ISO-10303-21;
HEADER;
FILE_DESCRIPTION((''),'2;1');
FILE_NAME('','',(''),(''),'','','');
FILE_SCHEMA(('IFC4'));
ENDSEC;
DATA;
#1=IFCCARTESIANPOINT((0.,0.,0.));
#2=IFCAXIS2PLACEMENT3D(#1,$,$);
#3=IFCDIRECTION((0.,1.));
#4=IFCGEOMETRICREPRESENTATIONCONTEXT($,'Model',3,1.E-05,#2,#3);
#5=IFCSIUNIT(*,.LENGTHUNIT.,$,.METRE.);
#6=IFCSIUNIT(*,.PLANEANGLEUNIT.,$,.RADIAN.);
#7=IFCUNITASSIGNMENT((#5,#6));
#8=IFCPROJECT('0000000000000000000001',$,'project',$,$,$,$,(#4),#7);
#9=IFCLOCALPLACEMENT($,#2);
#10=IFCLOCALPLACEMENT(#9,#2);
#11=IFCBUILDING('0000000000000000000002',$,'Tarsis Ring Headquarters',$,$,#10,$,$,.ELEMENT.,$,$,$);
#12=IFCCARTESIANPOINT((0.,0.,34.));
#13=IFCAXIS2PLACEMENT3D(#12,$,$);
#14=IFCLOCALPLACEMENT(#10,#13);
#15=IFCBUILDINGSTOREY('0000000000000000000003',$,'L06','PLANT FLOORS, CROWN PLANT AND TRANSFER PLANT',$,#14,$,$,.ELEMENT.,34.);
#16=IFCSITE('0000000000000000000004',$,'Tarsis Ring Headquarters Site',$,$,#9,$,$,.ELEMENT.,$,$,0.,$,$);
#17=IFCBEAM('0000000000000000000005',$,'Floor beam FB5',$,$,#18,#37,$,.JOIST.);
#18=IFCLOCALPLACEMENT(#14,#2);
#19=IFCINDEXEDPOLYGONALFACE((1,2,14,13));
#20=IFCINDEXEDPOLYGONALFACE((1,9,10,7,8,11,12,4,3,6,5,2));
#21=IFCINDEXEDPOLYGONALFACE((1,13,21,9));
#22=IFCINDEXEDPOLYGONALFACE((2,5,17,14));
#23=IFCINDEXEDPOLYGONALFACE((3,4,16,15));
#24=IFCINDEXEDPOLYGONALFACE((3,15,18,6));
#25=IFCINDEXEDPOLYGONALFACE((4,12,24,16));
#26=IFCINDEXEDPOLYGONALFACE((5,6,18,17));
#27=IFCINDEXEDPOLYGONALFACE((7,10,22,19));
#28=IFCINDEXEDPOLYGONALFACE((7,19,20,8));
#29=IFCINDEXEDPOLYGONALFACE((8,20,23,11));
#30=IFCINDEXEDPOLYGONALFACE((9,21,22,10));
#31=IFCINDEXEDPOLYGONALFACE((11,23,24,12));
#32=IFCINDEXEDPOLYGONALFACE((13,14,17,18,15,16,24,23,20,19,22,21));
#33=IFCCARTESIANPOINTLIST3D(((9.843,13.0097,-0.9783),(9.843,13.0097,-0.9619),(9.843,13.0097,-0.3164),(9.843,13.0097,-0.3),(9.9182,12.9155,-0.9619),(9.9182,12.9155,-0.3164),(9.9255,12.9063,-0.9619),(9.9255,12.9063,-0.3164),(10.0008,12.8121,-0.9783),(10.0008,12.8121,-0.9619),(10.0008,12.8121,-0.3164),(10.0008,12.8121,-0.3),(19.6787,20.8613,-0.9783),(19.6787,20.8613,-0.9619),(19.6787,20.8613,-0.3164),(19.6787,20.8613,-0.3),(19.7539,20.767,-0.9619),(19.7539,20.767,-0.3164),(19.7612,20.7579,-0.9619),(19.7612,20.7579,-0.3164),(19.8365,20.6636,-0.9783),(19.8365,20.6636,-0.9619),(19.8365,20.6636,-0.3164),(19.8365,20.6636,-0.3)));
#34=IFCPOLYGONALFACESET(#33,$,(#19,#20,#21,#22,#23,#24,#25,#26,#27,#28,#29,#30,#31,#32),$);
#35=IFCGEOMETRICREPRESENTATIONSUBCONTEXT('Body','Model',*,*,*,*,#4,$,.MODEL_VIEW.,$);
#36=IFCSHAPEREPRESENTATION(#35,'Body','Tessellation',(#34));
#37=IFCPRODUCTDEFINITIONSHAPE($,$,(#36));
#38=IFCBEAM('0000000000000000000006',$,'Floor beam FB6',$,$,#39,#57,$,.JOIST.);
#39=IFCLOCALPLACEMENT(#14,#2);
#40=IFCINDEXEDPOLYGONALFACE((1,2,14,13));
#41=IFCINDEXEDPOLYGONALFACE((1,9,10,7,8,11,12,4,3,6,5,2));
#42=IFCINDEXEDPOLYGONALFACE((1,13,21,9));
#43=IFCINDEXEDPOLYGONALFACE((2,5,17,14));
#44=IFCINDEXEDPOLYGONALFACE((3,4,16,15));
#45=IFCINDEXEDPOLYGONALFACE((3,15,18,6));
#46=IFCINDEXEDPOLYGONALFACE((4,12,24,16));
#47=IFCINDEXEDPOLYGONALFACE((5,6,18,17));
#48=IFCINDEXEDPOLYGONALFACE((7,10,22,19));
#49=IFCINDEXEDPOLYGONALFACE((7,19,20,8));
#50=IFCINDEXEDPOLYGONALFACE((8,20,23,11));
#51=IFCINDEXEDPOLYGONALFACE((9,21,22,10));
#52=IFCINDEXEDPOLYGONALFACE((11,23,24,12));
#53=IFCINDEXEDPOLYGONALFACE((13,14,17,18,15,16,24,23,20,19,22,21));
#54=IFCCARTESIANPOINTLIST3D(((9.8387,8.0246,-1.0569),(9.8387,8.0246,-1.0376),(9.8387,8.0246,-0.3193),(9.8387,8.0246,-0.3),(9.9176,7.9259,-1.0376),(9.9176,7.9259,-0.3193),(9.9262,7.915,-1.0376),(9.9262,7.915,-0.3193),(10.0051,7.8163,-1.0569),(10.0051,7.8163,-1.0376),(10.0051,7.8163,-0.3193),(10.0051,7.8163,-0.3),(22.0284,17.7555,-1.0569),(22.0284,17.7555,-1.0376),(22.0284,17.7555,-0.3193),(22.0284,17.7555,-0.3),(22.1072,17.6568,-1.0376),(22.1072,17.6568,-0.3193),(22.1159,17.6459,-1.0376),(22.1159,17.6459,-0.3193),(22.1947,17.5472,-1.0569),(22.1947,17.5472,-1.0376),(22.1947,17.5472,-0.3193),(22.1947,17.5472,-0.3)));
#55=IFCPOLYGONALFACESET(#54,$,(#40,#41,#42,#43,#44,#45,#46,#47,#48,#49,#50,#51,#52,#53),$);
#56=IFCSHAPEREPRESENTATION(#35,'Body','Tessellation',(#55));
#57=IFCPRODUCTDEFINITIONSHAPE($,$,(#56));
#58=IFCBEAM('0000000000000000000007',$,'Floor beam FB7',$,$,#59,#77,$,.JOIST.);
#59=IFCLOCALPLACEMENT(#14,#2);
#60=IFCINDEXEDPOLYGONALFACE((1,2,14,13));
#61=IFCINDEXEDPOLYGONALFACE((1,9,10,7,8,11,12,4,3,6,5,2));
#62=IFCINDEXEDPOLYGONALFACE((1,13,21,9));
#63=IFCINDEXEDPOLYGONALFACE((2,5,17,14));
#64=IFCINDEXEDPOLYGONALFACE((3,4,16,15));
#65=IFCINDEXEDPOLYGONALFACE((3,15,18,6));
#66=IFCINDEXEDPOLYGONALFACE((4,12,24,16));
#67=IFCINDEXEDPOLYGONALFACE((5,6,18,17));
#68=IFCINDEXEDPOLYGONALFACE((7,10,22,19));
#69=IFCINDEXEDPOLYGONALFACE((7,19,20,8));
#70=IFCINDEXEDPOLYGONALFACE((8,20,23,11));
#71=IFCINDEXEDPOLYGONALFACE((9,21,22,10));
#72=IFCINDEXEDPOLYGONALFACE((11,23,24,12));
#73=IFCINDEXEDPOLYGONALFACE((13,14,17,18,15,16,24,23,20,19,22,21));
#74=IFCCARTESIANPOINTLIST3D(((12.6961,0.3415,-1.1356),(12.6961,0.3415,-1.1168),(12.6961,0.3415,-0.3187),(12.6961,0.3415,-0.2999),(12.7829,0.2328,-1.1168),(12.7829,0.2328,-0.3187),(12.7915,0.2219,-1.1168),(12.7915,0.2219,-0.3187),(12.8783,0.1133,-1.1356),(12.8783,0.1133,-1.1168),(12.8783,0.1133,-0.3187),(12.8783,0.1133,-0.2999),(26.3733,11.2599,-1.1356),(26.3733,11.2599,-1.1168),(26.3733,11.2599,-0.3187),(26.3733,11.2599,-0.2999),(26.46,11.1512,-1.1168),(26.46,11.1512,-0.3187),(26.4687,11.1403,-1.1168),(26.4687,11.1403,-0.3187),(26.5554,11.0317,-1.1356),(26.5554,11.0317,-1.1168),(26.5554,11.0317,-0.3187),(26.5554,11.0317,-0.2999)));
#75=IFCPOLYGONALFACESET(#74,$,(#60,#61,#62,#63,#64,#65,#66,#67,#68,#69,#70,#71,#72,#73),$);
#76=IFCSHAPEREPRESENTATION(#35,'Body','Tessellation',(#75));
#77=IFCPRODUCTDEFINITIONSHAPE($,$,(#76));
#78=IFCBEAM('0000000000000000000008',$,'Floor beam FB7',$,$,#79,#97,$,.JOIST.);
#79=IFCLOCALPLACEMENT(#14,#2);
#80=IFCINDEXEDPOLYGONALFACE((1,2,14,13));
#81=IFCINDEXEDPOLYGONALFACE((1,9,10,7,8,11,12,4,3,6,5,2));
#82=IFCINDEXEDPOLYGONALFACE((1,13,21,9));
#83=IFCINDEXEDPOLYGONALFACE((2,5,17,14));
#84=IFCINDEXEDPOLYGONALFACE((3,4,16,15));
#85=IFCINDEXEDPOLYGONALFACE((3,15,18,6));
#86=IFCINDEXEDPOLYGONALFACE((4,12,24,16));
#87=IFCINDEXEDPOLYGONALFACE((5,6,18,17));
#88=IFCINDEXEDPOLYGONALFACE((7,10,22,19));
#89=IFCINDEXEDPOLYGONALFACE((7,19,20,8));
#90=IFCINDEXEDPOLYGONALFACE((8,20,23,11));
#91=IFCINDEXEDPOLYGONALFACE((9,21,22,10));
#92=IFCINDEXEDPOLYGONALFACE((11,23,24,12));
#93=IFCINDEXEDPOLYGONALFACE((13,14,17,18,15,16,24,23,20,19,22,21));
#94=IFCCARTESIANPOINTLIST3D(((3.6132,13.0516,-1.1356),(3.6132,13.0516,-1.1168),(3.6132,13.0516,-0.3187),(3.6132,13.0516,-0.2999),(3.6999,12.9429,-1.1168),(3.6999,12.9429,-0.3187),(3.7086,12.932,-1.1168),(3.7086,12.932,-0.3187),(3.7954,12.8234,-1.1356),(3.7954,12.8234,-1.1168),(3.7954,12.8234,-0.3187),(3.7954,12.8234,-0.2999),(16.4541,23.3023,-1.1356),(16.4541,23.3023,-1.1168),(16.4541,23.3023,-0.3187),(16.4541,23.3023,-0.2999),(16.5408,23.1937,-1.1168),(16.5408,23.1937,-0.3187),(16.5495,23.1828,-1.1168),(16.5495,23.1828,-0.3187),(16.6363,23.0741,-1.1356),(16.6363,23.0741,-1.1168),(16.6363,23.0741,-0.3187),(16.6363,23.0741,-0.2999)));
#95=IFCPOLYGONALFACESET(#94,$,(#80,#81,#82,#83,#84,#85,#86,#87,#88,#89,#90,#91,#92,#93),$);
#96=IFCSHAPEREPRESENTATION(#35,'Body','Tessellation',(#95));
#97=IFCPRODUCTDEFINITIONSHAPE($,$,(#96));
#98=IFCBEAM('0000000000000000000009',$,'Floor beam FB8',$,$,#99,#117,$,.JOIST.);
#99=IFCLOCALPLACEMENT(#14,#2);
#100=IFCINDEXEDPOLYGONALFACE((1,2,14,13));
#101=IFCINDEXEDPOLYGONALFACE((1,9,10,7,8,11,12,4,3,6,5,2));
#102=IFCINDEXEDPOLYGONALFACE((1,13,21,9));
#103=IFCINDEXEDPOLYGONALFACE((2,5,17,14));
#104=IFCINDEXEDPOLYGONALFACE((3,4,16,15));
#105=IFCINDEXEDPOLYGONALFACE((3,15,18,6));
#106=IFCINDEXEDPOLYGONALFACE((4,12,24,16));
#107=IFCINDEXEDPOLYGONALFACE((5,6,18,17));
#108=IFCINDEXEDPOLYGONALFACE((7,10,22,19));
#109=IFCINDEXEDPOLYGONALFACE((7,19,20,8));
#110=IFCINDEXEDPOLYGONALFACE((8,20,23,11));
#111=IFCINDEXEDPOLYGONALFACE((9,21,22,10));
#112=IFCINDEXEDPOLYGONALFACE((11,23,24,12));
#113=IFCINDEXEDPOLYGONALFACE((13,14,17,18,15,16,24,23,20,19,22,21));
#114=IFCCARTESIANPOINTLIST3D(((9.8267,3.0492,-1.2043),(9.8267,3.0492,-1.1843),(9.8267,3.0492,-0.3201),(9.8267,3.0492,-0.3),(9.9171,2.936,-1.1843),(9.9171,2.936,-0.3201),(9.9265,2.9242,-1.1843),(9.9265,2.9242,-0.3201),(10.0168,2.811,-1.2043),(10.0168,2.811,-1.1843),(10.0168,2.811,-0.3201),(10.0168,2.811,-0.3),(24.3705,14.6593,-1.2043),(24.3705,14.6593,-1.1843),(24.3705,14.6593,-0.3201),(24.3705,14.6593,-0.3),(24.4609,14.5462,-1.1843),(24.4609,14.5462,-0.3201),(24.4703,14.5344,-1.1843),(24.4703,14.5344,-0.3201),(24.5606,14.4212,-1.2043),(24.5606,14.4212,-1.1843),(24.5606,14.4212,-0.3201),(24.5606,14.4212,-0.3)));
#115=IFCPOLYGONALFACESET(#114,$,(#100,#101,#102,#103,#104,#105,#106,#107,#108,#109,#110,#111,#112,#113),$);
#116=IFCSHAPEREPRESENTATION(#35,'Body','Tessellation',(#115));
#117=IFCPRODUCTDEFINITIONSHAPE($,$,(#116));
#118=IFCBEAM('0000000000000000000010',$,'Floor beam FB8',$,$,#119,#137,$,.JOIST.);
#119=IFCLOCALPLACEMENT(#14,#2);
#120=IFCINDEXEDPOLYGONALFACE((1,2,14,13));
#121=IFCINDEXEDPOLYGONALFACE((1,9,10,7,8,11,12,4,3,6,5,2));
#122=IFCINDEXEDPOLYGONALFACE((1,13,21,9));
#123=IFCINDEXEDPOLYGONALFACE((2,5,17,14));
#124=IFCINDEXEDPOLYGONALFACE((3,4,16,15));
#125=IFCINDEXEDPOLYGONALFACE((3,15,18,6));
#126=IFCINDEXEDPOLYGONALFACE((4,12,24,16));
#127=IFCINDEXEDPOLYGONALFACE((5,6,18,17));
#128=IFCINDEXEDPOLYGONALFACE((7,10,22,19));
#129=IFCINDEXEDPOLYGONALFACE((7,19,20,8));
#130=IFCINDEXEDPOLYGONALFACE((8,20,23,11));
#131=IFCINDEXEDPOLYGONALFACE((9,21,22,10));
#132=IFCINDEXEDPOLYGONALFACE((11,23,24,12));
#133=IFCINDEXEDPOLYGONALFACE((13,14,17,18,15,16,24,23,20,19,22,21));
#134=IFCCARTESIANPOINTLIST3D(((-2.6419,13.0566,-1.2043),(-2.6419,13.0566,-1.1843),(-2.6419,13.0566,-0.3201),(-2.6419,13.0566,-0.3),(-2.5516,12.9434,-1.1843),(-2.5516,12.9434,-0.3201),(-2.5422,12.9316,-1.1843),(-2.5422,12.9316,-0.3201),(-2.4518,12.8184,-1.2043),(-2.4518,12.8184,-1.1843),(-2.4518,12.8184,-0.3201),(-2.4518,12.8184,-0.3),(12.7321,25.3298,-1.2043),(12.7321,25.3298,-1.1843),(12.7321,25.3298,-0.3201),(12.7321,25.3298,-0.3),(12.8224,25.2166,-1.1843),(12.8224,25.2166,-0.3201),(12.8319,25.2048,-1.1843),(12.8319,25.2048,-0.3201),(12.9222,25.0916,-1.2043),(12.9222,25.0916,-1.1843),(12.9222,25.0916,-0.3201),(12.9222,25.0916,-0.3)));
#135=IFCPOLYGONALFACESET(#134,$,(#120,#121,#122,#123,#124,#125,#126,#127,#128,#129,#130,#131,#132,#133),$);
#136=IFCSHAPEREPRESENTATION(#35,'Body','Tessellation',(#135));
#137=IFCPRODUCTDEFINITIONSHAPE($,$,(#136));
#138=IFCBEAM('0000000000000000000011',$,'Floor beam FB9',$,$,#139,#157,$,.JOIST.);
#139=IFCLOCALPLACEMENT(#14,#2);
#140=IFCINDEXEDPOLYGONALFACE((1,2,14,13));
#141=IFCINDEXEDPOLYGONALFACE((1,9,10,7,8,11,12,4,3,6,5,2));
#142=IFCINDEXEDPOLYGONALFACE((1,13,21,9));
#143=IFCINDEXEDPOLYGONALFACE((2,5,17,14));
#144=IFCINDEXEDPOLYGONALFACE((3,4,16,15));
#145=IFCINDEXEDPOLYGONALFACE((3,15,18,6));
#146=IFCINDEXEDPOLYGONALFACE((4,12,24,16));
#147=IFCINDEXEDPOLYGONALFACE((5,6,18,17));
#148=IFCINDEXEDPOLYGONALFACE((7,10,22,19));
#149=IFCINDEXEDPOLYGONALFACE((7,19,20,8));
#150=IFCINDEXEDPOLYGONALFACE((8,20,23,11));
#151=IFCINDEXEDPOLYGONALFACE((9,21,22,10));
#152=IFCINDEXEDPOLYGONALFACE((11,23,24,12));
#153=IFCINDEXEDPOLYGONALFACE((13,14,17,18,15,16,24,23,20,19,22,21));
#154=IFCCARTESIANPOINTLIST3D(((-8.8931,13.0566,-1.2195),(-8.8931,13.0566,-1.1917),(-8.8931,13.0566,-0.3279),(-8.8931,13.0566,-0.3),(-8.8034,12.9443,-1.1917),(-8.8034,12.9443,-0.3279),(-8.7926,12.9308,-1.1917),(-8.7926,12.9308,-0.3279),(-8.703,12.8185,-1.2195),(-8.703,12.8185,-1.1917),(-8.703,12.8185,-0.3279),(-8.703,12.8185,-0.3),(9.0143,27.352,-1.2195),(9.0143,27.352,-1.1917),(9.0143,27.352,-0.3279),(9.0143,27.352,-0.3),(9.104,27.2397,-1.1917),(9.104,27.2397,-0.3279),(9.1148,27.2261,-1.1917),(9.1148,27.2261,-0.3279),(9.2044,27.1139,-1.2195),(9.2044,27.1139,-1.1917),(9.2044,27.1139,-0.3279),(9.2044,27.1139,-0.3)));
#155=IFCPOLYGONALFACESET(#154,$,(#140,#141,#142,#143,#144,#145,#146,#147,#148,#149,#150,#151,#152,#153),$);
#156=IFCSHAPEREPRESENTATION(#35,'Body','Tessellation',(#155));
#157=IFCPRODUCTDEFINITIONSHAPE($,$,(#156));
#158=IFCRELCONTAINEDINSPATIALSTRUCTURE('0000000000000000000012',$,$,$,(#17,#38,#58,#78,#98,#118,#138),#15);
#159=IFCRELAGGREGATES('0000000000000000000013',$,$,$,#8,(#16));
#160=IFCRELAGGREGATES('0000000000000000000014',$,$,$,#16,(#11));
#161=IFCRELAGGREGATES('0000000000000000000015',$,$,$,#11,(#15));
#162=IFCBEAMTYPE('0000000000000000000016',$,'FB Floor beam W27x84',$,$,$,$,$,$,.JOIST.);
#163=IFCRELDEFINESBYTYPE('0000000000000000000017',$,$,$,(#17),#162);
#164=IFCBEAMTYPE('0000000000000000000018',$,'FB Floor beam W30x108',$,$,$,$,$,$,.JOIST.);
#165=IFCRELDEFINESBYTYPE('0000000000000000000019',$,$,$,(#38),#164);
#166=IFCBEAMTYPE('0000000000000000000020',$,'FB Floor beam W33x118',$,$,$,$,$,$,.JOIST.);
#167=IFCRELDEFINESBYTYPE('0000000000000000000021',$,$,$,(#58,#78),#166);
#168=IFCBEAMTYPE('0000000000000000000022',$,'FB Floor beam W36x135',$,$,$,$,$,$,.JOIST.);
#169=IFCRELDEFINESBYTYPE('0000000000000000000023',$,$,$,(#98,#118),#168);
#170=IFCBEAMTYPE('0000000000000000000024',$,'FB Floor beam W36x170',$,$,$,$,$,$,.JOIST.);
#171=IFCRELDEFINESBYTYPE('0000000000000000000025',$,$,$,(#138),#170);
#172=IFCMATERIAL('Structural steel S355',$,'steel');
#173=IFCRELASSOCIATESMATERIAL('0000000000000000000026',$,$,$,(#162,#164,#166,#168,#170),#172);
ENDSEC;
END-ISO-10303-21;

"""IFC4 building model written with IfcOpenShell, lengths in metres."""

from ifc_helpers import new_model, si_unit, direction, frame, origin, origin_2d, place, context, subcontext, project, spatial, i_section, extrude, material, material_profile, profile_set, type_object, element, save


model = new_model("IFC4")

# Units and contexts
model_context = context("Model", 3, precision=1e-05, world=origin(), true_north=direction((0.0, 1.0)))
body_context = subcontext(model_context, "Body", "Model", "MODEL_VIEW")
ifc_project = project(units=[si_unit("LENGTHUNIT", "METRE"), si_unit("PLANEANGLEUNIT", "RADIAN")], contexts=[model_context])

# Site, building, storey
site_placement = place(None, origin())
site = spatial("IfcSite", under=ifc_project, at=site_placement, Name="Tarsis Ring Headquarters Site", CompositionType="ELEMENT", RefElevation=0.0)
building_placement = place(site_placement, origin())
building = spatial("IfcBuilding", under=site, at=building_placement, Name="Tarsis Ring Headquarters", CompositionType="ELEMENT")
storey_placement = place(building_placement, frame((0.0, 0.0, 34.0)))
storey = spatial("IfcBuildingStorey", under=building, at=storey_placement, Name="L06", Description="PLANT FLOORS, CROWN PLANT AND TRANSFER PLANT", CompositionType="ELEMENT", Elevation=34.0)

# Beams
ifc_material_1 = material(Name="Structural steel S355", Category="steel")
ifc_material_profile_1 = material_profile(ifc_material_1, i_section(OverallWidth=0.2529, OverallDepth=0.6782, WebThickness=0.0117, FlangeThickness=0.0164, at=origin_2d()), Name="W27x84")
ifc_profile_set_1 = profile_set([ifc_material_profile_1], Name="Structural steel S355")
beam_type_1 = type_object("IfcBeamType", Name="FB Floor beam W27x84", PredefinedType="JOIST", material=ifc_profile_set_1)
beam_1_placement = place(storey_placement, frame((19.7576, 20.7625, -0.6392), z_axis=(-0.781527, -0.623871, 0.0), x_axis=(0.623871, -0.781527, 0.0)))
element("IfcBeam", 1, at=beam_1_placement, inside=storey, type_object=beam_type_1, Name="Floor beam FB5", PredefinedType="JOIST", context=body_context, shape_type="SweptSolid", body=[
    extrude(i_section(OverallWidth=0.2529, OverallDepth=0.6782, WebThickness=0.0117, FlangeThickness=0.0164, at=origin_2d()), origin(), (0.0, 0.0, 1.0), 12.5852),
])
ifc_material_profile_2 = material_profile(ifc_material_1, i_section(OverallWidth=0.2666, OverallDepth=0.7568, WebThickness=0.0139, FlangeThickness=0.0193, at=origin_2d()), Name="W30x108")
ifc_profile_set_2 = profile_set([ifc_material_profile_2], Name="Structural steel S355")
beam_type_2 = type_object("IfcBeamType", Name="FB Floor beam W30x108", PredefinedType="JOIST", material=ifc_profile_set_2)
beam_2_placement = place(storey_placement, frame((22.1116, 17.6514, -0.6785), z_axis=(-0.781519, -0.623882, 0.0), x_axis=(0.623882, -0.781519, 0.0)))
element("IfcBeam", 2, at=beam_2_placement, inside=storey, type_object=beam_type_2, Name="Floor beam FB6", PredefinedType="JOIST", context=body_context, shape_type="SweptSolid", body=[
    extrude(i_section(OverallWidth=0.2666, OverallDepth=0.7568, WebThickness=0.0139, FlangeThickness=0.0193, at=origin_2d()), origin(), (0.0, 0.0, 1.0), 15.5974),
])
ifc_material_profile_3 = material_profile(ifc_material_1, i_section(OverallWidth=0.292, OverallDepth=0.8357, WebThickness=0.0139, FlangeThickness=0.0188, at=origin_2d()), Name="W33x118")
ifc_profile_set_3 = profile_set([ifc_material_profile_3], Name="Structural steel S355")
beam_type_3 = type_object("IfcBeamType", Name="FB Floor beam W33x118", PredefinedType="JOIST", material=ifc_profile_set_3)
beam_3_placement = place(storey_placement, frame((26.4644, 11.1458, -0.7178), z_axis=(-0.781519, -0.623882, 0.0), x_axis=(0.623882, -0.781519, 0.0)))
element("IfcBeam", 3, at=beam_3_placement, inside=storey, type_object=beam_type_3, Name="Floor beam FB7", PredefinedType="JOIST", context=body_context, shape_type="SweptSolid", body=[
    extrude(i_section(OverallWidth=0.292, OverallDepth=0.8357, WebThickness=0.0139, FlangeThickness=0.0188, at=origin_2d()), origin(), (0.0, 0.0, 1.0), 17.5007),
])
beam_4_placement = place(storey_placement, frame((16.5452, 23.1882, -0.7178), z_axis=(-0.781519, -0.623881, 0.0), x_axis=(0.623881, -0.781519, 0.0)))
element("IfcBeam", 4, at=beam_4_placement, inside=storey, type_object=beam_type_3, Name="Floor beam FB7", PredefinedType="JOIST", context=body_context, shape_type="SweptSolid", body=[
    extrude(i_section(OverallWidth=0.292, OverallDepth=0.8357, WebThickness=0.0139, FlangeThickness=0.0188, at=origin_2d()), origin(), (0.0, 0.0, 1.0), 16.4307),
])
ifc_material_profile_4 = material_profile(ifc_material_1, i_section(OverallWidth=0.3047, OverallDepth=0.9043, WebThickness=0.0151, FlangeThickness=0.02, at=origin_2d()), Name="W36x135")
ifc_profile_set_4 = profile_set([ifc_material_profile_4], Name="Structural steel S355")
beam_type_4 = type_object("IfcBeamType", Name="FB Floor beam W36x135", PredefinedType="JOIST", material=ifc_profile_set_4)
beam_5_placement = place(storey_placement, frame((24.4656, 14.5403, -0.7522), z_axis=(-0.78152, -0.62388, 0.0), x_axis=(0.62388, -0.78152, 0.0)))
element("IfcBeam", 5, at=beam_5_placement, inside=storey, type_object=beam_type_4, Name="Floor beam FB8", PredefinedType="JOIST", context=body_context, shape_type="SweptSolid", body=[
    extrude(i_section(OverallWidth=0.3047, OverallDepth=0.9043, WebThickness=0.0151, FlangeThickness=0.02, at=origin_2d()), origin(), (0.0, 0.0, 1.0), 18.6096),
])
beam_6_placement = place(storey_placement, frame((12.8271, 25.2107, -0.7522), z_axis=(-0.781514, -0.623888, 0.0), x_axis=(0.623888, -0.781514, 0.0)))
element("IfcBeam", 6, at=beam_6_placement, inside=storey, type_object=beam_type_4, Name="Floor beam FB8", PredefinedType="JOIST", context=body_context, shape_type="SweptSolid", body=[
    extrude(i_section(OverallWidth=0.3047, OverallDepth=0.9043, WebThickness=0.0151, FlangeThickness=0.02, at=origin_2d()), origin(), (0.0, 0.0, 1.0), 19.6721),
])
ifc_material_profile_5 = material_profile(ifc_material_1, i_section(OverallWidth=0.3047, OverallDepth=0.9194, WebThickness=0.0173, FlangeThickness=0.0278, at=origin_2d()), Name="W36x170")
ifc_profile_set_5 = profile_set([ifc_material_profile_5], Name="Structural steel S355")
beam_type_5 = type_object("IfcBeamType", Name="FB Floor beam W36x170", PredefinedType="JOIST", material=ifc_profile_set_5)
beam_7_placement = place(storey_placement, frame((9.1094, 27.2329, -0.7598), z_axis=(-0.781519, -0.623881, 0.0), x_axis=(0.623881, -0.781519, 0.0)))
element("IfcBeam", 7, at=beam_7_placement, inside=storey, type_object=beam_type_5, Name="Floor beam FB9", PredefinedType="JOIST", context=body_context, shape_type="SweptSolid", body=[
    extrude(i_section(OverallWidth=0.3047, OverallDepth=0.9194, WebThickness=0.0173, FlangeThickness=0.0278, at=origin_2d()), origin(), (0.0, 0.0, 1.0), 22.9136),
])

save(model, "model.ifc")
